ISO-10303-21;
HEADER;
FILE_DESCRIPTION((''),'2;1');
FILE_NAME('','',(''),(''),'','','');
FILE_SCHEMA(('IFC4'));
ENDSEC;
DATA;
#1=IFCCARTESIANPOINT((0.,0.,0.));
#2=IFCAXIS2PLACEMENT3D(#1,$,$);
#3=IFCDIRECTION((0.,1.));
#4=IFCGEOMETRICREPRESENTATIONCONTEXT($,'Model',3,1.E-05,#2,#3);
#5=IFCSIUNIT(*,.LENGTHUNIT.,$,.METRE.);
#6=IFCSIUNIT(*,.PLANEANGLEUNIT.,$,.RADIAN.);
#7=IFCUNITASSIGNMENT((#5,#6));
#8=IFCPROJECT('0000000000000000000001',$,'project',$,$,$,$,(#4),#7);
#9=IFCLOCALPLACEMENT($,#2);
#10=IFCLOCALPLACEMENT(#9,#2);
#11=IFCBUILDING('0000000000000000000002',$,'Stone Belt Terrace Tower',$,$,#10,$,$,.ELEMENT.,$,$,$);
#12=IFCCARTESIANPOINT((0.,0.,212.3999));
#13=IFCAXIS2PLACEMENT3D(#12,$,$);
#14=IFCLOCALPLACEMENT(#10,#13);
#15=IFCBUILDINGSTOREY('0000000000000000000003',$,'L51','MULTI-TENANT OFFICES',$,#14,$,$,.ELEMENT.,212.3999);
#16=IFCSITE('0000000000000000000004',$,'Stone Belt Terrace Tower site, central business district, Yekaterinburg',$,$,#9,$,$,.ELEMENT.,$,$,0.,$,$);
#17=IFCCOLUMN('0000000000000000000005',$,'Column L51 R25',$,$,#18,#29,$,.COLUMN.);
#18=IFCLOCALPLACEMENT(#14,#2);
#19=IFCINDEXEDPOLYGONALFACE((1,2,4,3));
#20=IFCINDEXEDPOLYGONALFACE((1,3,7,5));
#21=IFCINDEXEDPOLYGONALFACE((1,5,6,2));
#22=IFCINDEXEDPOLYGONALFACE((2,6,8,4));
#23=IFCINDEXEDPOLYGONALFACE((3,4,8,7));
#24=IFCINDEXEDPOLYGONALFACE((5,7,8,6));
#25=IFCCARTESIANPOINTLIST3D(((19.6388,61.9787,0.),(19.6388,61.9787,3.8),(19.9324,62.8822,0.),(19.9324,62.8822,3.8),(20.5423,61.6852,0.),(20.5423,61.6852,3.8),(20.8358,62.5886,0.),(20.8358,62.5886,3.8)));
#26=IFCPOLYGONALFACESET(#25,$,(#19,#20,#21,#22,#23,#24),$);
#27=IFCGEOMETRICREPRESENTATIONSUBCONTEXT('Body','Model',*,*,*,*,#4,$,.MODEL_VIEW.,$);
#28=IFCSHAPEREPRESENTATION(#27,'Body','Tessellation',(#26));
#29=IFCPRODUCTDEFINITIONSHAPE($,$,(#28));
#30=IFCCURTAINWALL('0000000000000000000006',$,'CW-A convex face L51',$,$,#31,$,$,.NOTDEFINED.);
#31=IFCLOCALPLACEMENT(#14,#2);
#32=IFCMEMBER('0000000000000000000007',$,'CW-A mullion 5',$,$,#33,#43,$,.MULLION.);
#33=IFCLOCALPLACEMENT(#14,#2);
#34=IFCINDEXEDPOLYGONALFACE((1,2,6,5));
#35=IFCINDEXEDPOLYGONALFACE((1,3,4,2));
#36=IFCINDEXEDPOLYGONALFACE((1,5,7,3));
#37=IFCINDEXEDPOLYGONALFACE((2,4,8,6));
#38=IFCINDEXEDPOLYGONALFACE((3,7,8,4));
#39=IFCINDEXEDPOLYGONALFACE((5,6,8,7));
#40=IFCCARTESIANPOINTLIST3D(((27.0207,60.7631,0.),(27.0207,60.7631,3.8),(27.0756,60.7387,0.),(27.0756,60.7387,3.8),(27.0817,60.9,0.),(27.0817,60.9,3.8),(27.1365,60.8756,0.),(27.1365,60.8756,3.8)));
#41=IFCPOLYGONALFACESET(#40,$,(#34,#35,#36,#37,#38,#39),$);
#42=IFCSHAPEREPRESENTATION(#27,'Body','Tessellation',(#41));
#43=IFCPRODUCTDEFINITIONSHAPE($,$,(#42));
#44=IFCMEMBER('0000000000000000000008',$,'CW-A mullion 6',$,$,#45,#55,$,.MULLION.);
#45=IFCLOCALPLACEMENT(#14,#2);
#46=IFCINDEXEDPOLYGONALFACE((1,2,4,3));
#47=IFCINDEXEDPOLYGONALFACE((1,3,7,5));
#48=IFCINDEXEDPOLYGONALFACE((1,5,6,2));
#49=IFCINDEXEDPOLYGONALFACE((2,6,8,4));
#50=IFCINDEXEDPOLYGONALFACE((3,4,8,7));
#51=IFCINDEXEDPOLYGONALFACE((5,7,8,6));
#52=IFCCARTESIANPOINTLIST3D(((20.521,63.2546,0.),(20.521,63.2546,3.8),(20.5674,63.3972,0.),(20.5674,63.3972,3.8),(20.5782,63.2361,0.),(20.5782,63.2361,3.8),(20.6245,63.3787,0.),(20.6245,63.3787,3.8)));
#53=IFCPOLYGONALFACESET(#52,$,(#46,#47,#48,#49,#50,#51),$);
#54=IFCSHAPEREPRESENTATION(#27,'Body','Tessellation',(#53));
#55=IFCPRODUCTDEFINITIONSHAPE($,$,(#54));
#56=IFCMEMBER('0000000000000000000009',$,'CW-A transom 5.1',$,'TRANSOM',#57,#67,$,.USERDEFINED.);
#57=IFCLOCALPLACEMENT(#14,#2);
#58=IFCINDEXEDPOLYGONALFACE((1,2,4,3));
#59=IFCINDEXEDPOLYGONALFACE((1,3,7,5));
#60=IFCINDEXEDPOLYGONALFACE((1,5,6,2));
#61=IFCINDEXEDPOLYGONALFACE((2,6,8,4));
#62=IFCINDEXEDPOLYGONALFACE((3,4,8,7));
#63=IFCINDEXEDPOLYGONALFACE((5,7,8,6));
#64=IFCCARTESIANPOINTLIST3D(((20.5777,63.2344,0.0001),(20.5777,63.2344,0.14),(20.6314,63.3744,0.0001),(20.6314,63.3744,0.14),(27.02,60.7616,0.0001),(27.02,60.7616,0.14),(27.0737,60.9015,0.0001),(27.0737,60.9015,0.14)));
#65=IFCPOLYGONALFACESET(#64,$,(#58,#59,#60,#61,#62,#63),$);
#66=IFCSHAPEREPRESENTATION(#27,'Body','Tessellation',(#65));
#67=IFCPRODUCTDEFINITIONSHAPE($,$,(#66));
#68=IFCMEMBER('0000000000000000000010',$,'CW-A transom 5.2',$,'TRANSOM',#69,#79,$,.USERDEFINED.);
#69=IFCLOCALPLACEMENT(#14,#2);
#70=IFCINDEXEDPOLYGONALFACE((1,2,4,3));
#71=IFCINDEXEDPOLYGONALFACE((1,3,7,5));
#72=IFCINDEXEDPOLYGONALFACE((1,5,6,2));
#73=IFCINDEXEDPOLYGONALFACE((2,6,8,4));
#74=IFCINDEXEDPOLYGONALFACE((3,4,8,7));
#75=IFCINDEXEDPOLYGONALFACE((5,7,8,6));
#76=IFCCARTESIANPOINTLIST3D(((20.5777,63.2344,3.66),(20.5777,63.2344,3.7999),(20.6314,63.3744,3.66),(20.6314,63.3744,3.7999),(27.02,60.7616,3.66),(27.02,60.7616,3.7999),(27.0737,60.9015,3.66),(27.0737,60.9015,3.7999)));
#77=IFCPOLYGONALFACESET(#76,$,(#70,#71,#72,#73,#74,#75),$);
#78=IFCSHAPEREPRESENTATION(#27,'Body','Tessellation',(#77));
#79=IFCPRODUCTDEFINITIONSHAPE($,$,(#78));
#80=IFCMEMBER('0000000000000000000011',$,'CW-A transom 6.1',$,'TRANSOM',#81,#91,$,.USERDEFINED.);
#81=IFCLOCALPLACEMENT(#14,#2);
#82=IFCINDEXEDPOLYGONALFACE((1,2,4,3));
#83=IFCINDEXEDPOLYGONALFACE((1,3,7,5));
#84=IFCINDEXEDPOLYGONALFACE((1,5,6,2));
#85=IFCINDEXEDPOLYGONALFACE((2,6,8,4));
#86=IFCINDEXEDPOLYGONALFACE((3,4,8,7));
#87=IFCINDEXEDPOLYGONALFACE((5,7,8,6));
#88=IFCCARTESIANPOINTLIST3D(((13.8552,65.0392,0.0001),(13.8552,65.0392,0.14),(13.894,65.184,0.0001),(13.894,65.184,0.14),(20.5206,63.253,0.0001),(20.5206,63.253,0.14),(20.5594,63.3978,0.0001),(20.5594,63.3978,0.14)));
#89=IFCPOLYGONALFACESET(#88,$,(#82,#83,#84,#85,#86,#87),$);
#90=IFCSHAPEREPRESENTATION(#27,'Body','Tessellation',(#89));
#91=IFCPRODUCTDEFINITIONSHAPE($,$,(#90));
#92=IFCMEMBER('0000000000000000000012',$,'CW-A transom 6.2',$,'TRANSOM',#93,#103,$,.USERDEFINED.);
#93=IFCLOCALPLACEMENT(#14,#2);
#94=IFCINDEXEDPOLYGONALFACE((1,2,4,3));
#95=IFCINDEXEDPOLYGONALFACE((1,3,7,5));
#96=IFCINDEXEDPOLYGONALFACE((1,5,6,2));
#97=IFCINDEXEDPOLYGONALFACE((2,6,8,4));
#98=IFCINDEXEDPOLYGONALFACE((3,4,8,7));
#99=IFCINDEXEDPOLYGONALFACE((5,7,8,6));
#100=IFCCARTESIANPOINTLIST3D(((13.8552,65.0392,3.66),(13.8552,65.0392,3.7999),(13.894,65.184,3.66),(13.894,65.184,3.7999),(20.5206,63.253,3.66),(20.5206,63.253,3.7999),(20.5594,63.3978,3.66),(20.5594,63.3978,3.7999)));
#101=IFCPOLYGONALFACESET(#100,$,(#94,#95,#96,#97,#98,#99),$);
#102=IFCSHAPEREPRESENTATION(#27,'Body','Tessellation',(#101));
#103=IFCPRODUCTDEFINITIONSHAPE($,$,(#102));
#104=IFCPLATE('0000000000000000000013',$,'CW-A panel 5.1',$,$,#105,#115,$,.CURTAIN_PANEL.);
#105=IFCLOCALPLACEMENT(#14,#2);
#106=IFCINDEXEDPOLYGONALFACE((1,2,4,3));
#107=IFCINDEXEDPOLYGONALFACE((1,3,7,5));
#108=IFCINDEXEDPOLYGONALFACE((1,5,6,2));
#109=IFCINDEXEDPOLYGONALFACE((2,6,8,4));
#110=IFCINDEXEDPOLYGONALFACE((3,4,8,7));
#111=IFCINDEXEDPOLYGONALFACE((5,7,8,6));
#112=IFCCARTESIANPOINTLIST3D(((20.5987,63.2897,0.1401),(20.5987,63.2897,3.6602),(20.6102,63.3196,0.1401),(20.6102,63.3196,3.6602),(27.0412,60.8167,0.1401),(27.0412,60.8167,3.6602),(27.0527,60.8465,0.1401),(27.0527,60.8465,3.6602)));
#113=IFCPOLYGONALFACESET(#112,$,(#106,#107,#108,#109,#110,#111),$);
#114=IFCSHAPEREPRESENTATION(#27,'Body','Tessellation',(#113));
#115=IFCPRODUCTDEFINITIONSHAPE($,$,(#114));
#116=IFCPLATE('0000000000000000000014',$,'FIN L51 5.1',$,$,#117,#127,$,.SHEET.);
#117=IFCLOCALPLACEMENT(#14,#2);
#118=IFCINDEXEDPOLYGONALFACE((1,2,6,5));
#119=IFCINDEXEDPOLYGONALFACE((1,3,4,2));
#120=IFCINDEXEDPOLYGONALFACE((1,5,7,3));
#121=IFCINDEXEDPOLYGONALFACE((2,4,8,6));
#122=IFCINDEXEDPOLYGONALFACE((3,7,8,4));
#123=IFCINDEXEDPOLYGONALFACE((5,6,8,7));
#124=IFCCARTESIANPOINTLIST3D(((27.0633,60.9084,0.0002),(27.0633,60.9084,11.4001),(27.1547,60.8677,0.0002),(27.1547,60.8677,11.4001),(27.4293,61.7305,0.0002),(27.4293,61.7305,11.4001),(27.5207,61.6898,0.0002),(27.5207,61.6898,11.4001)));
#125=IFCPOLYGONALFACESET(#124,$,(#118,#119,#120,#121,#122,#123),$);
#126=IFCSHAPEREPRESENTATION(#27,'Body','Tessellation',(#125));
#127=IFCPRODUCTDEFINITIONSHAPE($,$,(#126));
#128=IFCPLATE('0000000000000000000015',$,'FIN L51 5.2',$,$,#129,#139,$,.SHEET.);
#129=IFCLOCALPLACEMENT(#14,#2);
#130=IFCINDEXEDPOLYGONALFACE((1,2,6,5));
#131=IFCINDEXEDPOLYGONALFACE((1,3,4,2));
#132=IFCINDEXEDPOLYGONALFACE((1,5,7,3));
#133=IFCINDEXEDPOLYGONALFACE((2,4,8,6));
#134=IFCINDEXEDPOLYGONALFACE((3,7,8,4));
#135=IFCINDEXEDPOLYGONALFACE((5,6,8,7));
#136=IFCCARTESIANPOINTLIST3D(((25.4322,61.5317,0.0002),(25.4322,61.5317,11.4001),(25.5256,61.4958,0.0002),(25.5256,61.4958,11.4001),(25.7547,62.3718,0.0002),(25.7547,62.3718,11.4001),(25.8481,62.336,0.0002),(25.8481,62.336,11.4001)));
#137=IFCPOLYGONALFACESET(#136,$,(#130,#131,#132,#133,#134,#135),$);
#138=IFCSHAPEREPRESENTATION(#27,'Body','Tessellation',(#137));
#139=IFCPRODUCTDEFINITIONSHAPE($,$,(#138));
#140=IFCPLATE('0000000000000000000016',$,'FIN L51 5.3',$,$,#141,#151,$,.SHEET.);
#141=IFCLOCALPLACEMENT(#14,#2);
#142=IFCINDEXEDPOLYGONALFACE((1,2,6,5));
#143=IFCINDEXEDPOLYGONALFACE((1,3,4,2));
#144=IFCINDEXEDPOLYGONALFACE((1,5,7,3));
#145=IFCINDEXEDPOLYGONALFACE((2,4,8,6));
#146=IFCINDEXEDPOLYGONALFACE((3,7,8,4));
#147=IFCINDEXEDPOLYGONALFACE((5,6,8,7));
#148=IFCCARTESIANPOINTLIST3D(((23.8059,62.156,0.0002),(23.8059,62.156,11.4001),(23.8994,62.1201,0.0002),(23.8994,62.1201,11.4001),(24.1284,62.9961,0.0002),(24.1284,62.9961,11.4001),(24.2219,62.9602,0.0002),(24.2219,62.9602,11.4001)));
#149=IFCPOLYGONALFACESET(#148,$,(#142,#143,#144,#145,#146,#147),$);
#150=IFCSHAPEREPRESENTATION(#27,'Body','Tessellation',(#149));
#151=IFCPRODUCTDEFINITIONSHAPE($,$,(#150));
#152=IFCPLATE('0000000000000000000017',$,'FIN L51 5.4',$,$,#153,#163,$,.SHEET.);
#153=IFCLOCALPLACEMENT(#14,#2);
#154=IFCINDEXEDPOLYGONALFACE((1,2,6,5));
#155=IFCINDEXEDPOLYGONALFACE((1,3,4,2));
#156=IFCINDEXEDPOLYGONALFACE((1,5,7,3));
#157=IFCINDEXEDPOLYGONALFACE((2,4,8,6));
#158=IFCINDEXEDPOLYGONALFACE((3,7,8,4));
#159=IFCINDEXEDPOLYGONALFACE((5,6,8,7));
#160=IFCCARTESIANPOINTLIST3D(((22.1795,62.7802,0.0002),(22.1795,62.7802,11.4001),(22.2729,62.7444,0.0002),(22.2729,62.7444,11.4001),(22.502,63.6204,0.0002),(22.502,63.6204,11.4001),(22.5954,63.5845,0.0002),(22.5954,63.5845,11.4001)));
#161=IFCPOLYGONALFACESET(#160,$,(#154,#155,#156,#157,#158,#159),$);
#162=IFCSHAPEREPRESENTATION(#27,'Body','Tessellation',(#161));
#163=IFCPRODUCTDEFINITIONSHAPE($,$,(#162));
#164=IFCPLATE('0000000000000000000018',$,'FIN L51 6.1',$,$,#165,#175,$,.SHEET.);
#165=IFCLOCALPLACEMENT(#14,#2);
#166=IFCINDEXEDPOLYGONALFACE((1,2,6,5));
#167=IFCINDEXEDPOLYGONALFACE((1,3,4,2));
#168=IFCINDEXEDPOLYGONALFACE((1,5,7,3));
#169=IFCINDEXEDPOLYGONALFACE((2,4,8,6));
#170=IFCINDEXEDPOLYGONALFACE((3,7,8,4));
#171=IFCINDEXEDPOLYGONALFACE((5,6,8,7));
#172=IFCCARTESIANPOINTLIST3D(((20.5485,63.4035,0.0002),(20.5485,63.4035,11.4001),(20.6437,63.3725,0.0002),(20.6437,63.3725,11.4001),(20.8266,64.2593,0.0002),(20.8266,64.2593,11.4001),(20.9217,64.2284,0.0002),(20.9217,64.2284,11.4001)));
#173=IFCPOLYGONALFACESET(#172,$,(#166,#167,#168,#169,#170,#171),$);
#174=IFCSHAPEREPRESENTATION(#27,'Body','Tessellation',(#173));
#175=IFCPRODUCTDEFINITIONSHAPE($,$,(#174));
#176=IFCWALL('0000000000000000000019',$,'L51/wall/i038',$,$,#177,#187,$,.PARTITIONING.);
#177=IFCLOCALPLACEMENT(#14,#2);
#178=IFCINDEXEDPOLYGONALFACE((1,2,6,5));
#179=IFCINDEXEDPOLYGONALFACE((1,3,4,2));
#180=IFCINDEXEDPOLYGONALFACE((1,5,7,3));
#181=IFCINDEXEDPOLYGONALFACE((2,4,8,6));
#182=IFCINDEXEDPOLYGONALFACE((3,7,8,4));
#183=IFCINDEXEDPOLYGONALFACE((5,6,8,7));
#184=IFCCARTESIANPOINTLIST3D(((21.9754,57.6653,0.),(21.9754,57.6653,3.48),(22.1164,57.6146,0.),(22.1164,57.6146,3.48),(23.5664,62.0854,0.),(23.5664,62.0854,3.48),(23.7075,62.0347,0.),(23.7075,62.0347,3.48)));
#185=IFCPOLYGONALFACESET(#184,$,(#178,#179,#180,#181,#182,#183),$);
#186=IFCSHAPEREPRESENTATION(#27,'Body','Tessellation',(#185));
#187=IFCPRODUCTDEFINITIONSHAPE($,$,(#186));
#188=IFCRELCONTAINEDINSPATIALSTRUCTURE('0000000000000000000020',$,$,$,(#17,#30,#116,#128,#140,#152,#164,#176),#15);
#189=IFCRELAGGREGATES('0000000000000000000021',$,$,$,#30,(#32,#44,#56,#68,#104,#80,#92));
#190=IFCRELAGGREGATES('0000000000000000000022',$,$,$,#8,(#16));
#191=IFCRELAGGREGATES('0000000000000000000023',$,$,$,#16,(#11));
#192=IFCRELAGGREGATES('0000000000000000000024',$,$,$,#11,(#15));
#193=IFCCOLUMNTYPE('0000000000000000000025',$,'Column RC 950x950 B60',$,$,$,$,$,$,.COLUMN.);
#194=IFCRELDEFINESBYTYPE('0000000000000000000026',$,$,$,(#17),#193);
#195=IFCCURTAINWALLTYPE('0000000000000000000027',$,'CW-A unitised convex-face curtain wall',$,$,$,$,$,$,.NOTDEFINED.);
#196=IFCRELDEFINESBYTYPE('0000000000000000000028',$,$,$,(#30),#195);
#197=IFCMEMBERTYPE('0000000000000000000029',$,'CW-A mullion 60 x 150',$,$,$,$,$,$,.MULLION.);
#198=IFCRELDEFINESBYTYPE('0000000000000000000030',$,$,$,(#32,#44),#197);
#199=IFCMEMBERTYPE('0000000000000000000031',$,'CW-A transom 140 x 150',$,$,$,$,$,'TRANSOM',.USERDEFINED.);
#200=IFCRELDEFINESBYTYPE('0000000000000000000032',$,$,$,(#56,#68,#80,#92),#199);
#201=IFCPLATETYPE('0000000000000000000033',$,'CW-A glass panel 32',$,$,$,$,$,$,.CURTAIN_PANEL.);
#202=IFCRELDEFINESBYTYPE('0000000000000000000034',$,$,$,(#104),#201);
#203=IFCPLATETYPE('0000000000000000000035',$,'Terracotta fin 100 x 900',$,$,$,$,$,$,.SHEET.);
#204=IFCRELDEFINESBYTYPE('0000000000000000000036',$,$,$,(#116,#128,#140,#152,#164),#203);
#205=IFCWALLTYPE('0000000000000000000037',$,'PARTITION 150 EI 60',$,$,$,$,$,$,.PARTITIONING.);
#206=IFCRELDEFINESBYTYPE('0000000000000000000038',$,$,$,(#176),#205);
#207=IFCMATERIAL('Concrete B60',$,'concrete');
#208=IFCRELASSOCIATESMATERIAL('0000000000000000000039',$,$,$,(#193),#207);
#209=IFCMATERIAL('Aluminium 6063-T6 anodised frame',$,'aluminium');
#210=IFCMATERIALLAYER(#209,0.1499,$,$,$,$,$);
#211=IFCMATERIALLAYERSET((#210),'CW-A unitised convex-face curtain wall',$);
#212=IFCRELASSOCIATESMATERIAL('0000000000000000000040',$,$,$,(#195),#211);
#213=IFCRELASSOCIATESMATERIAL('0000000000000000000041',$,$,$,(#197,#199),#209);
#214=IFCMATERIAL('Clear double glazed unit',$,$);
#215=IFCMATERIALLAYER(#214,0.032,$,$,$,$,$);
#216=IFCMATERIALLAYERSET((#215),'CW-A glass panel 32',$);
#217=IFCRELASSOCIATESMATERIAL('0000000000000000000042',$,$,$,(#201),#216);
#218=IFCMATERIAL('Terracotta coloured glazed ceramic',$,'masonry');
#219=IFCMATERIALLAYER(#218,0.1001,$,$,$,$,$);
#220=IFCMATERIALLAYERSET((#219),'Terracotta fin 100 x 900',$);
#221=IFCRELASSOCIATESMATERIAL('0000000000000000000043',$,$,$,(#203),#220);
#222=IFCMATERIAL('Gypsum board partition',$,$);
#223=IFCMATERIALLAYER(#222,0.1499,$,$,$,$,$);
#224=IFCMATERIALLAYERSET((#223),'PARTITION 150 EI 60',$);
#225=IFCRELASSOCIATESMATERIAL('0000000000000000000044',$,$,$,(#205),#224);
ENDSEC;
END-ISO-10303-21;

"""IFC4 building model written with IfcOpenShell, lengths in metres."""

from ifc_helpers import new_model, si_unit, direction, frame, frame_2d, origin, origin_2d, place, context, subcontext, project, spatial, rectangle, extrude, material, layer, layer_set, material_profile, profile_set, type_object, element, aggregate, save


model = new_model("IFC4")

# Units and contexts
model_context = context("Model", 3, precision=1e-05, world=origin(), true_north=direction((0.0, 1.0)))
body_context = subcontext(model_context, "Body", "Model", "MODEL_VIEW")
ifc_project = project(units=[si_unit("LENGTHUNIT", "METRE"), si_unit("PLANEANGLEUNIT", "RADIAN")], contexts=[model_context])

# Site, building, storey
site_placement = place(None, origin())
site = spatial("IfcSite", under=ifc_project, at=site_placement, Name="Stone Belt Terrace Tower site, central business district, Yekaterinburg", CompositionType="ELEMENT", RefElevation=0.0)
building_placement = place(site_placement, origin())
building = spatial("IfcBuilding", under=site, at=building_placement, Name="Stone Belt Terrace Tower", CompositionType="ELEMENT")
storey_placement = place(building_placement, frame((0.0, 0.0, 212.3999)))
storey = spatial("IfcBuildingStorey", under=building, at=storey_placement, Name="L51", Description="MULTI-TENANT OFFICES", CompositionType="ELEMENT", Elevation=212.3999)

# Column
ifc_material_1 = material(Name="Concrete B60", Category="concrete")
ifc_material_profile_1 = material_profile(ifc_material_1, rectangle(XDim=0.95, YDim=0.95, at=origin_2d()), Name="RC 950x950")
ifc_profile_set_1 = profile_set([ifc_material_profile_1], Name="Concrete B60")
column_type = type_object("IfcColumnType", Name="Column RC 950x950 B60", PredefinedType="COLUMN", material=ifc_profile_set_1)
column_placement = place(storey_placement, frame((20.2373, 62.2837, 0.0), z_axis=(0.0, 0.0, 1.0), x_axis=(0.951057, -0.309017, 0.0)))
element("IfcColumn", 1, at=column_placement, inside=storey, type_object=column_type, Name="Column L51 R25", PredefinedType="COLUMN", context=body_context, shape_type="SweptSolid", body=[
    extrude(rectangle(XDim=0.95, YDim=0.95, at=origin_2d()), origin(), (0.0, 0.0, 1.0), 3.8),
])

# Curtain wall, members, plate
ifc_material_2 = material(Name="Aluminium 6063-T6 anodised frame", Category="aluminium")
ifc_layer_1 = layer(ifc_material_2, 0.1499)
ifc_layer_set_1 = layer_set([ifc_layer_1], Name="CW-A unitised convex-face curtain wall")
curtain_wall_type = type_object("IfcCurtainWallType", Name="CW-A unitised convex-face curtain wall", PredefinedType="NOTDEFINED", material=ifc_layer_set_1)
curtain_wall_placement = place(storey_placement, origin())
curtain_wall = element("IfcCurtainWall", 2, at=curtain_wall_placement, inside=storey, type_object=curtain_wall_type, Name="CW-A convex face L51", PredefinedType="NOTDEFINED")
ifc_material_profile_2 = material_profile(ifc_material_2, rectangle(XDim=0.1499, YDim=0.0601, at=origin_2d()), Name="Aluminium 6063-T6 60x150")
ifc_profile_set_2 = profile_set([ifc_material_profile_2], Name="Aluminium 6063-T6 anodised frame")
member_type_1 = type_object("IfcMemberType", Name="CW-A mullion 60 x 150", PredefinedType="MULLION", material=ifc_profile_set_2)
member_1_placement = place(storey_placement, frame((27.0786, 60.8193, 0.0), z_axis=(0.0, 0.0, 1.0), x_axis=(-0.406737, -0.913545, 0.0)))
member_1 = element("IfcMember", 3, at=member_1_placement, type_object=member_type_1, Name="CW-A mullion 5", PredefinedType="MULLION", context=body_context, shape_type="SweptSolid", body=[
    extrude(rectangle(XDim=0.1499, YDim=0.0601, at=origin_2d()), origin(), (0.0, 0.0, 1.0), 3.8),
])
member_2_placement = place(storey_placement, frame((20.5728, 63.3167, 0.0), z_axis=(0.0, 0.0, 1.0), x_axis=(-0.309017, -0.951057, 0.0)))
member_2 = element("IfcMember", 4, at=member_2_placement, type_object=member_type_1, Name="CW-A mullion 6", PredefinedType="MULLION", context=body_context, shape_type="SweptSolid", body=[
    extrude(rectangle(XDim=0.1499, YDim=0.0601, at=origin_2d()), origin(), (0.0, 0.0, 1.0), 3.8),
])
ifc_material_profile_3 = material_profile(ifc_material_2, rectangle(XDim=0.1499, YDim=0.1399, at=origin_2d()), Name="Aluminium 6063-T6 150x140")
ifc_profile_set_3 = profile_set([ifc_material_profile_3], Name="Aluminium 6063-T6 anodised frame")
member_type_2 = type_object("IfcMemberType", Name="CW-A transom 140 x 150", ElementType="TRANSOM", PredefinedType="USERDEFINED", material=ifc_profile_set_3)
member_3_placement = place(storey_placement, frame((27.0469, 60.8315, 0.0701), z_axis=(-0.933585, 0.358355, 0.0), x_axis=(-0.358355, -0.933585, 0.0)))
member_3 = element("IfcMember", 5, at=member_3_placement, type_object=member_type_2, Name="CW-A transom 5.1", ObjectType="TRANSOM", PredefinedType="USERDEFINED", context=body_context, shape_type="SweptSolid", body=[
    extrude(rectangle(XDim=0.1499, YDim=0.1399, at=origin_2d()), origin(), (0.0, 0.0, 1.0), 6.9006),
])
member_4_placement = place(storey_placement, frame((27.0469, 60.8315, 3.73), z_axis=(-0.933585, 0.358355, 0.0), x_axis=(-0.358355, -0.933585, 0.0)))
member_4 = element("IfcMember", 6, at=member_4_placement, type_object=member_type_2, Name="CW-A transom 5.2", ObjectType="TRANSOM", PredefinedType="USERDEFINED", context=body_context, shape_type="SweptSolid", body=[
    extrude(rectangle(XDim=0.1499, YDim=0.1399, at=origin_2d()), origin(), (0.0, 0.0, 1.0), 6.9006),
])
member_5_placement = place(storey_placement, frame((20.54, 63.3254, 0.0701), z_axis=(-0.965922, 0.258834, 0.0), x_axis=(-0.258834, -0.965922, 0.0)))
member_5 = element("IfcMember", 7, at=member_5_placement, type_object=member_type_2, Name="CW-A transom 6.1", ObjectType="TRANSOM", PredefinedType="USERDEFINED", context=body_context, shape_type="SweptSolid", body=[
    extrude(rectangle(XDim=0.1499, YDim=0.1399, at=origin_2d()), origin(), (0.0, 0.0, 1.0), 6.9006),
])
member_6_placement = place(storey_placement, frame((20.54, 63.3254, 3.73), z_axis=(-0.965922, 0.258834, 0.0), x_axis=(-0.258834, -0.965922, 0.0)))
member_6 = element("IfcMember", 8, at=member_6_placement, type_object=member_type_2, Name="CW-A transom 6.2", ObjectType="TRANSOM", PredefinedType="USERDEFINED", context=body_context, shape_type="SweptSolid", body=[
    extrude(rectangle(XDim=0.1499, YDim=0.1399, at=origin_2d()), origin(), (0.0, 0.0, 1.0), 6.9006),
])
ifc_material_3 = material(Name="Clear double glazed unit")
ifc_layer_2 = layer(ifc_material_3, 0.032)
ifc_layer_set_2 = layer_set([ifc_layer_2], Name="CW-A glass panel 32")
plate_type_1 = type_object("IfcPlateType", Name="CW-A glass panel 32", PredefinedType="CURTAIN_PANEL", material=ifc_layer_set_2)
plate_placement = place(storey_placement, frame((23.8257, 62.0681, 0.1401), z_axis=(0.0, 0.0, 1.0), x_axis=(-0.93358, 0.358368, 0.0)))
plate = element("IfcPlate", 9, at=plate_placement, type_object=plate_type_1, Name="CW-A panel 5.1", PredefinedType="CURTAIN_PANEL", context=body_context, shape_type="SweptSolid", body=[
    extrude(rectangle(XDim=6.9009, YDim=0.032, at=origin_2d()), origin(), (0.0, 0.0, 1.0), 3.52),
])
aggregate(curtain_wall, [member_1, member_2, member_3, member_4, plate, member_5, member_6])

# Plates
ifc_material_4 = material(Name="Terracotta coloured glazed ceramic", Category="masonry")
ifc_layer_3 = layer(ifc_material_4, 0.1001)
ifc_layer_set_3 = layer_set([ifc_layer_3], Name="Terracotta fin 100 x 900")
plate_type_2 = type_object("IfcPlateType", Name="Terracotta fin 100 x 900", PredefinedType="SHEET", material=ifc_layer_set_3)
for number, where, z_axis, x_axis, name in (
    (10, (27.292, 61.2991, 0.0002), (0.0, 0.0, 1.0), (0.406737, 0.913545, 0.0), "FIN L51 5.1"),
    (11, (25.6401, 61.9338, 0.0002), (0.0, 0.0, 1.0), (0.358368, 0.93358, 0.0), "FIN L51 5.2"),
    (12, (24.0139, 62.5581, 0.0002), (0.0, 0.0, 1.0), (0.358368, 0.93358, 0.0), "FIN L51 5.3"),
    (13, (22.3875, 63.1824, 0.0002), (0.0, 0.0, 1.0), (0.358368, 0.93358, 0.0), "FIN L51 5.4"),
    (14, (20.7351, 63.8159, 0.0002), (0.0, 0.0, 1.0), (0.309017, 0.951057, 0.0), "FIN L51 6.1"),
):
    element("IfcPlate", number, at=place(storey_placement, frame(where, z_axis=z_axis, x_axis=x_axis)), inside=storey, type_object=plate_type_2, Name=name, PredefinedType="SHEET", context=body_context, shape_type="SweptSolid", body=[
        extrude(rectangle(XDim=0.8999, YDim=0.1001, at=origin_2d()), origin(), (0.0, 0.0, 1.0), 11.3999),
    ])

# Wall
ifc_material_5 = material(Name="Gypsum board partition")
ifc_layer_4 = layer(ifc_material_5, 0.1499)
ifc_layer_set_4 = layer_set([ifc_layer_4], Name="PARTITION 150 EI 60")
wall_type = type_object("IfcWallType", Name="PARTITION 150 EI 60", PredefinedType="PARTITIONING", material=ifc_layer_set_4)
wall_placement = place(storey_placement, frame((23.637, 62.0601, 0.0), z_axis=(0.0, 0.0, 1.0), x_axis=(-0.338683, -0.940901, 0.0)))
element("IfcWall", 15, at=wall_placement, inside=storey, type_object=wall_type, Name="L51/wall/i038", PredefinedType="PARTITIONING", context=body_context, shape_type="SweptSolid", body=[
    extrude(rectangle(XDim=4.6978, YDim=0.1499, at=frame_2d((2.3489, 0.0))), origin(), (0.0, 0.0, 1.0), 3.48),
])

save(model, "model.ifc")
